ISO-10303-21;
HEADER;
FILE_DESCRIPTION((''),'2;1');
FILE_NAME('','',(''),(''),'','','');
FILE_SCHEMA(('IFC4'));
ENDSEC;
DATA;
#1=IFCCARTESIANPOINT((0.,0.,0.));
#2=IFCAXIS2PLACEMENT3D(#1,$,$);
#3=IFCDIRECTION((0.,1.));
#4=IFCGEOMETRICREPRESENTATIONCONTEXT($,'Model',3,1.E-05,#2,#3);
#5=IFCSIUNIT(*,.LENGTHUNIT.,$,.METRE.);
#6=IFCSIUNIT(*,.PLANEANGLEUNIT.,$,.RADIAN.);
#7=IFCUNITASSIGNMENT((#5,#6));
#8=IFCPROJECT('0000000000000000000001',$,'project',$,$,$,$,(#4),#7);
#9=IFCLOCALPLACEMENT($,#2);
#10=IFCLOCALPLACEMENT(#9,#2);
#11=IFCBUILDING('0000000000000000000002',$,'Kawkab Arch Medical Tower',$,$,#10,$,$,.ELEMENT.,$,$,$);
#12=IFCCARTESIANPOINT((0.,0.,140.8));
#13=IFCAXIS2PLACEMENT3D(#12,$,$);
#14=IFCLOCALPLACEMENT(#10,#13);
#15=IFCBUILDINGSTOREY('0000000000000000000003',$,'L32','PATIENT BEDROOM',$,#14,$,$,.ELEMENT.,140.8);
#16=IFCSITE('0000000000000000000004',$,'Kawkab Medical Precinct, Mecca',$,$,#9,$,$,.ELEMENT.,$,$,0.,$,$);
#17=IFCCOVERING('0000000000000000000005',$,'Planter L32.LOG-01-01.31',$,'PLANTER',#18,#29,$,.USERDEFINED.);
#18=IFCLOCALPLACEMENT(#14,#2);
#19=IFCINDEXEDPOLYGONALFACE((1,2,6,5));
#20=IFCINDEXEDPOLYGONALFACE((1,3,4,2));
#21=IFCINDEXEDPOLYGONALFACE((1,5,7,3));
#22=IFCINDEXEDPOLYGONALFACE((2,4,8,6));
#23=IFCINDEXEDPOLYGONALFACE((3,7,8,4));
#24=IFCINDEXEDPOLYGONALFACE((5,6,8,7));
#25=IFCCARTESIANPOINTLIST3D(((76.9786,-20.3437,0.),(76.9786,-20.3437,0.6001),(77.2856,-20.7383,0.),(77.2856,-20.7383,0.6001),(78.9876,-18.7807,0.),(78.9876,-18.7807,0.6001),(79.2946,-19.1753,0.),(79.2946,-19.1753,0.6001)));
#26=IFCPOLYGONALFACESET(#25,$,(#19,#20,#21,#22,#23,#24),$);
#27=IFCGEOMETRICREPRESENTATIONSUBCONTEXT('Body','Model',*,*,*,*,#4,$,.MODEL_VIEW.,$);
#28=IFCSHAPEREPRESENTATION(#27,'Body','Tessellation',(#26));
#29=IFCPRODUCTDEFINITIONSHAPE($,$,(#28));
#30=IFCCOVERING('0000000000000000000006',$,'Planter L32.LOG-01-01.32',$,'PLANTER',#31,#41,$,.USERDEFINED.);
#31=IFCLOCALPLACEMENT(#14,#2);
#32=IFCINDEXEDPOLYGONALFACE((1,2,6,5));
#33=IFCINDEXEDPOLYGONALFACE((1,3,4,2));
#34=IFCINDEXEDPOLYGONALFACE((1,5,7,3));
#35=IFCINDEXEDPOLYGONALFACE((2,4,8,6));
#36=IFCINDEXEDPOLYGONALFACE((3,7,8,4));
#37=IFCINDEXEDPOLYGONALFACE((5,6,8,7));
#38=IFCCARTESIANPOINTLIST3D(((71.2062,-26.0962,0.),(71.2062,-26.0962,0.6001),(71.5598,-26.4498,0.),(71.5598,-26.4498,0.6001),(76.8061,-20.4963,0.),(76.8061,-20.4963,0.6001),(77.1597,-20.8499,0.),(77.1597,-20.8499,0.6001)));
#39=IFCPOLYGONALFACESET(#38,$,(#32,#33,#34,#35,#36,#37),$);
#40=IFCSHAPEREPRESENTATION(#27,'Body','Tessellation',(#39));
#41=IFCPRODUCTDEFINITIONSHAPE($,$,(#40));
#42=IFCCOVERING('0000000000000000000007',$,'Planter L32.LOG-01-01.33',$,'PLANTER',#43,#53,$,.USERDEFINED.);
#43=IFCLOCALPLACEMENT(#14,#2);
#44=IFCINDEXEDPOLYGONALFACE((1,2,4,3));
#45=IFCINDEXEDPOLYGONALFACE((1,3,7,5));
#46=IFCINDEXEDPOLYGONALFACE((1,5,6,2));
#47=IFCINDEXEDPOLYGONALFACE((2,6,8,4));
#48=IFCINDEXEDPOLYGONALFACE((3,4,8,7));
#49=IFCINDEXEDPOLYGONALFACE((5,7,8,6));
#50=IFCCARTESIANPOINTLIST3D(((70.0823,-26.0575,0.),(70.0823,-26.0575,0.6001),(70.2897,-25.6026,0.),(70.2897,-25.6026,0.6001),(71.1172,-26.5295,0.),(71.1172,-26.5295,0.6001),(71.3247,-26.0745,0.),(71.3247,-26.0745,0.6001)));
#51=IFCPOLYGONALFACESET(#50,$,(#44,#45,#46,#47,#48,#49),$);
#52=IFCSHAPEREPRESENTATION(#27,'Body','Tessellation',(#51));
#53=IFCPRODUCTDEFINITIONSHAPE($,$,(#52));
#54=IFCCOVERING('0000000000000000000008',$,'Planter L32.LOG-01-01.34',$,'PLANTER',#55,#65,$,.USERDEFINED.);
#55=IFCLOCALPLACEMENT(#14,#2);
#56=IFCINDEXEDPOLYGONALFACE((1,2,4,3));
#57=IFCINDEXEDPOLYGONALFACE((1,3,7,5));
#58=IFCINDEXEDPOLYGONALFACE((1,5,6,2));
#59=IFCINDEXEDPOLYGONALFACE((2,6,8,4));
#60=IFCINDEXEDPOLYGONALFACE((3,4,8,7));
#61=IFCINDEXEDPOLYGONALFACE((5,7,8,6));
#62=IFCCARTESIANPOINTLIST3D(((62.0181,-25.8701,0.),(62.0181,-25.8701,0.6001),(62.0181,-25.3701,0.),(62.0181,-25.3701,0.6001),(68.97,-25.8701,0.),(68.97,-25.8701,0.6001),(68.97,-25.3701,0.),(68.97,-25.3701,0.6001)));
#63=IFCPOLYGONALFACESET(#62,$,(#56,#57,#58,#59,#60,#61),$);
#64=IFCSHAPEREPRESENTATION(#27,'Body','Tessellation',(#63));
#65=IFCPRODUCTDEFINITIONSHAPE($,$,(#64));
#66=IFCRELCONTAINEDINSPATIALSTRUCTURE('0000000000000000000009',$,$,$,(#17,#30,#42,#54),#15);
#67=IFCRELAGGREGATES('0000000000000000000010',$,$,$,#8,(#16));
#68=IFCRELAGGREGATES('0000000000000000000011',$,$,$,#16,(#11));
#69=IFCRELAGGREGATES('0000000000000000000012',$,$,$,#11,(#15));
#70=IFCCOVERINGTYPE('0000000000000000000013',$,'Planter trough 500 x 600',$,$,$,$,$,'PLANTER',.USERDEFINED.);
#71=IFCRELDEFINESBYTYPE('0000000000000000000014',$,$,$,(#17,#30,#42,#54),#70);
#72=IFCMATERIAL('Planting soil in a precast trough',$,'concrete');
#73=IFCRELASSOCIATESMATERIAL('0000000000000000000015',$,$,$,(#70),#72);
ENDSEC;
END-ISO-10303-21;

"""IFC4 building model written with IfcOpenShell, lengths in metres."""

from ifc_helpers import new_model, si_unit, direction, frame, origin, origin_2d, place, context, subcontext, project, spatial, rectangle, extrude, material, material_profile, profile_set, type_object, element, save


model = new_model("IFC4")

# Units and contexts
model_context = context("Model", 3, precision=1e-05, world=origin(), true_north=direction((0.0, 1.0)))
body_context = subcontext(model_context, "Body", "Model", "MODEL_VIEW")
ifc_project = project(units=[si_unit("LENGTHUNIT", "METRE"), si_unit("PLANEANGLEUNIT", "RADIAN")], contexts=[model_context])

# Site, building, storey
site_placement = place(None, origin())
site = spatial("IfcSite", under=ifc_project, at=site_placement, Name="Kawkab Medical Precinct, Mecca", CompositionType="ELEMENT", RefElevation=0.0)
building_placement = place(site_placement, origin())
building = spatial("IfcBuilding", under=site, at=building_placement, Name="Kawkab Arch Medical Tower", CompositionType="ELEMENT")
storey_placement = place(building_placement, frame((0.0, 0.0, 140.8)))
storey = spatial("IfcBuildingStorey", under=building, at=storey_placement, Name="L32", Description="PATIENT BEDROOM", CompositionType="ELEMENT", Elevation=140.8)

# Coverings
ifc_material_1 = material(Name="Planting soil in a precast trough", Category="concrete")
ifc_material_profile_1 = material_profile(ifc_material_1, rectangle(XDim=0.5, YDim=0.6001, at=origin_2d()), Name="Trough 500x600")
ifc_profile_set_1 = profile_set([ifc_material_profile_1], Name="Planting soil in a precast trough")
covering_type_1 = type_object("IfcCoveringType", Name="Planter trough 500 x 600", ElementType="PLANTER", PredefinedType="USERDEFINED", material=ifc_profile_set_1)
covering_1_placement = place(storey_placement, frame((79.1411, -18.978, 0.3), z_axis=(-0.789275, -0.61404, 0.0), x_axis=(0.61404, -0.789275, 0.0)))
element("IfcCovering", 1, at=covering_1_placement, inside=storey, type_object=covering_type_1, Name="Planter L32.LOG-01-01.31", ObjectType="PLANTER", PredefinedType="USERDEFINED", context=body_context, shape_type="SweptSolid", body=[
    extrude(rectangle(XDim=0.5, YDim=0.6001, at=origin_2d()), origin(), (0.0, 0.0, 1.0), 2.5454),
])
covering_2_placement = place(storey_placement, frame((76.9829, -20.6731, 0.3), z_axis=(-0.707107, -0.707107, 0.0), x_axis=(0.707107, -0.707107, 0.0)))
element("IfcCovering", 2, at=covering_2_placement, inside=storey, type_object=covering_type_1, Name="Planter L32.LOG-01-01.32", ObjectType="PLANTER", PredefinedType="USERDEFINED", context=body_context, shape_type="SweptSolid", body=[
    extrude(rectangle(XDim=0.5, YDim=0.6001, at=origin_2d()), origin(), (0.0, 0.0, 1.0), 7.9194),
])
covering_3_placement = place(storey_placement, frame((71.2209, -26.302, 0.3), z_axis=(-0.909866, 0.414902, 0.0), x_axis=(-0.414902, -0.909866, 0.0)))
element("IfcCovering", 3, at=covering_3_placement, inside=storey, type_object=covering_type_1, Name="Planter L32.LOG-01-01.33", ObjectType="PLANTER", PredefinedType="USERDEFINED", context=body_context, shape_type="SweptSolid", body=[
    extrude(rectangle(XDim=0.5, YDim=0.6001, at=origin_2d()), origin(), (0.0, 0.0, 1.0), 1.1375),
])
covering_4_placement = place(storey_placement, frame((68.97, -25.6201, 0.3), z_axis=(-1.0, 0.0, 0.0), x_axis=(0.0, -1.0, 0.0)))
element("IfcCovering", 4, at=covering_4_placement, inside=storey, type_object=covering_type_1, Name="Planter L32.LOG-01-01.34", ObjectType="PLANTER", PredefinedType="USERDEFINED", context=body_context, shape_type="SweptSolid", body=[
    extrude(rectangle(XDim=0.5, YDim=0.6001, at=origin_2d()), origin(), (0.0, 0.0, 1.0), 6.9519),
])

save(model, "model.ifc")
